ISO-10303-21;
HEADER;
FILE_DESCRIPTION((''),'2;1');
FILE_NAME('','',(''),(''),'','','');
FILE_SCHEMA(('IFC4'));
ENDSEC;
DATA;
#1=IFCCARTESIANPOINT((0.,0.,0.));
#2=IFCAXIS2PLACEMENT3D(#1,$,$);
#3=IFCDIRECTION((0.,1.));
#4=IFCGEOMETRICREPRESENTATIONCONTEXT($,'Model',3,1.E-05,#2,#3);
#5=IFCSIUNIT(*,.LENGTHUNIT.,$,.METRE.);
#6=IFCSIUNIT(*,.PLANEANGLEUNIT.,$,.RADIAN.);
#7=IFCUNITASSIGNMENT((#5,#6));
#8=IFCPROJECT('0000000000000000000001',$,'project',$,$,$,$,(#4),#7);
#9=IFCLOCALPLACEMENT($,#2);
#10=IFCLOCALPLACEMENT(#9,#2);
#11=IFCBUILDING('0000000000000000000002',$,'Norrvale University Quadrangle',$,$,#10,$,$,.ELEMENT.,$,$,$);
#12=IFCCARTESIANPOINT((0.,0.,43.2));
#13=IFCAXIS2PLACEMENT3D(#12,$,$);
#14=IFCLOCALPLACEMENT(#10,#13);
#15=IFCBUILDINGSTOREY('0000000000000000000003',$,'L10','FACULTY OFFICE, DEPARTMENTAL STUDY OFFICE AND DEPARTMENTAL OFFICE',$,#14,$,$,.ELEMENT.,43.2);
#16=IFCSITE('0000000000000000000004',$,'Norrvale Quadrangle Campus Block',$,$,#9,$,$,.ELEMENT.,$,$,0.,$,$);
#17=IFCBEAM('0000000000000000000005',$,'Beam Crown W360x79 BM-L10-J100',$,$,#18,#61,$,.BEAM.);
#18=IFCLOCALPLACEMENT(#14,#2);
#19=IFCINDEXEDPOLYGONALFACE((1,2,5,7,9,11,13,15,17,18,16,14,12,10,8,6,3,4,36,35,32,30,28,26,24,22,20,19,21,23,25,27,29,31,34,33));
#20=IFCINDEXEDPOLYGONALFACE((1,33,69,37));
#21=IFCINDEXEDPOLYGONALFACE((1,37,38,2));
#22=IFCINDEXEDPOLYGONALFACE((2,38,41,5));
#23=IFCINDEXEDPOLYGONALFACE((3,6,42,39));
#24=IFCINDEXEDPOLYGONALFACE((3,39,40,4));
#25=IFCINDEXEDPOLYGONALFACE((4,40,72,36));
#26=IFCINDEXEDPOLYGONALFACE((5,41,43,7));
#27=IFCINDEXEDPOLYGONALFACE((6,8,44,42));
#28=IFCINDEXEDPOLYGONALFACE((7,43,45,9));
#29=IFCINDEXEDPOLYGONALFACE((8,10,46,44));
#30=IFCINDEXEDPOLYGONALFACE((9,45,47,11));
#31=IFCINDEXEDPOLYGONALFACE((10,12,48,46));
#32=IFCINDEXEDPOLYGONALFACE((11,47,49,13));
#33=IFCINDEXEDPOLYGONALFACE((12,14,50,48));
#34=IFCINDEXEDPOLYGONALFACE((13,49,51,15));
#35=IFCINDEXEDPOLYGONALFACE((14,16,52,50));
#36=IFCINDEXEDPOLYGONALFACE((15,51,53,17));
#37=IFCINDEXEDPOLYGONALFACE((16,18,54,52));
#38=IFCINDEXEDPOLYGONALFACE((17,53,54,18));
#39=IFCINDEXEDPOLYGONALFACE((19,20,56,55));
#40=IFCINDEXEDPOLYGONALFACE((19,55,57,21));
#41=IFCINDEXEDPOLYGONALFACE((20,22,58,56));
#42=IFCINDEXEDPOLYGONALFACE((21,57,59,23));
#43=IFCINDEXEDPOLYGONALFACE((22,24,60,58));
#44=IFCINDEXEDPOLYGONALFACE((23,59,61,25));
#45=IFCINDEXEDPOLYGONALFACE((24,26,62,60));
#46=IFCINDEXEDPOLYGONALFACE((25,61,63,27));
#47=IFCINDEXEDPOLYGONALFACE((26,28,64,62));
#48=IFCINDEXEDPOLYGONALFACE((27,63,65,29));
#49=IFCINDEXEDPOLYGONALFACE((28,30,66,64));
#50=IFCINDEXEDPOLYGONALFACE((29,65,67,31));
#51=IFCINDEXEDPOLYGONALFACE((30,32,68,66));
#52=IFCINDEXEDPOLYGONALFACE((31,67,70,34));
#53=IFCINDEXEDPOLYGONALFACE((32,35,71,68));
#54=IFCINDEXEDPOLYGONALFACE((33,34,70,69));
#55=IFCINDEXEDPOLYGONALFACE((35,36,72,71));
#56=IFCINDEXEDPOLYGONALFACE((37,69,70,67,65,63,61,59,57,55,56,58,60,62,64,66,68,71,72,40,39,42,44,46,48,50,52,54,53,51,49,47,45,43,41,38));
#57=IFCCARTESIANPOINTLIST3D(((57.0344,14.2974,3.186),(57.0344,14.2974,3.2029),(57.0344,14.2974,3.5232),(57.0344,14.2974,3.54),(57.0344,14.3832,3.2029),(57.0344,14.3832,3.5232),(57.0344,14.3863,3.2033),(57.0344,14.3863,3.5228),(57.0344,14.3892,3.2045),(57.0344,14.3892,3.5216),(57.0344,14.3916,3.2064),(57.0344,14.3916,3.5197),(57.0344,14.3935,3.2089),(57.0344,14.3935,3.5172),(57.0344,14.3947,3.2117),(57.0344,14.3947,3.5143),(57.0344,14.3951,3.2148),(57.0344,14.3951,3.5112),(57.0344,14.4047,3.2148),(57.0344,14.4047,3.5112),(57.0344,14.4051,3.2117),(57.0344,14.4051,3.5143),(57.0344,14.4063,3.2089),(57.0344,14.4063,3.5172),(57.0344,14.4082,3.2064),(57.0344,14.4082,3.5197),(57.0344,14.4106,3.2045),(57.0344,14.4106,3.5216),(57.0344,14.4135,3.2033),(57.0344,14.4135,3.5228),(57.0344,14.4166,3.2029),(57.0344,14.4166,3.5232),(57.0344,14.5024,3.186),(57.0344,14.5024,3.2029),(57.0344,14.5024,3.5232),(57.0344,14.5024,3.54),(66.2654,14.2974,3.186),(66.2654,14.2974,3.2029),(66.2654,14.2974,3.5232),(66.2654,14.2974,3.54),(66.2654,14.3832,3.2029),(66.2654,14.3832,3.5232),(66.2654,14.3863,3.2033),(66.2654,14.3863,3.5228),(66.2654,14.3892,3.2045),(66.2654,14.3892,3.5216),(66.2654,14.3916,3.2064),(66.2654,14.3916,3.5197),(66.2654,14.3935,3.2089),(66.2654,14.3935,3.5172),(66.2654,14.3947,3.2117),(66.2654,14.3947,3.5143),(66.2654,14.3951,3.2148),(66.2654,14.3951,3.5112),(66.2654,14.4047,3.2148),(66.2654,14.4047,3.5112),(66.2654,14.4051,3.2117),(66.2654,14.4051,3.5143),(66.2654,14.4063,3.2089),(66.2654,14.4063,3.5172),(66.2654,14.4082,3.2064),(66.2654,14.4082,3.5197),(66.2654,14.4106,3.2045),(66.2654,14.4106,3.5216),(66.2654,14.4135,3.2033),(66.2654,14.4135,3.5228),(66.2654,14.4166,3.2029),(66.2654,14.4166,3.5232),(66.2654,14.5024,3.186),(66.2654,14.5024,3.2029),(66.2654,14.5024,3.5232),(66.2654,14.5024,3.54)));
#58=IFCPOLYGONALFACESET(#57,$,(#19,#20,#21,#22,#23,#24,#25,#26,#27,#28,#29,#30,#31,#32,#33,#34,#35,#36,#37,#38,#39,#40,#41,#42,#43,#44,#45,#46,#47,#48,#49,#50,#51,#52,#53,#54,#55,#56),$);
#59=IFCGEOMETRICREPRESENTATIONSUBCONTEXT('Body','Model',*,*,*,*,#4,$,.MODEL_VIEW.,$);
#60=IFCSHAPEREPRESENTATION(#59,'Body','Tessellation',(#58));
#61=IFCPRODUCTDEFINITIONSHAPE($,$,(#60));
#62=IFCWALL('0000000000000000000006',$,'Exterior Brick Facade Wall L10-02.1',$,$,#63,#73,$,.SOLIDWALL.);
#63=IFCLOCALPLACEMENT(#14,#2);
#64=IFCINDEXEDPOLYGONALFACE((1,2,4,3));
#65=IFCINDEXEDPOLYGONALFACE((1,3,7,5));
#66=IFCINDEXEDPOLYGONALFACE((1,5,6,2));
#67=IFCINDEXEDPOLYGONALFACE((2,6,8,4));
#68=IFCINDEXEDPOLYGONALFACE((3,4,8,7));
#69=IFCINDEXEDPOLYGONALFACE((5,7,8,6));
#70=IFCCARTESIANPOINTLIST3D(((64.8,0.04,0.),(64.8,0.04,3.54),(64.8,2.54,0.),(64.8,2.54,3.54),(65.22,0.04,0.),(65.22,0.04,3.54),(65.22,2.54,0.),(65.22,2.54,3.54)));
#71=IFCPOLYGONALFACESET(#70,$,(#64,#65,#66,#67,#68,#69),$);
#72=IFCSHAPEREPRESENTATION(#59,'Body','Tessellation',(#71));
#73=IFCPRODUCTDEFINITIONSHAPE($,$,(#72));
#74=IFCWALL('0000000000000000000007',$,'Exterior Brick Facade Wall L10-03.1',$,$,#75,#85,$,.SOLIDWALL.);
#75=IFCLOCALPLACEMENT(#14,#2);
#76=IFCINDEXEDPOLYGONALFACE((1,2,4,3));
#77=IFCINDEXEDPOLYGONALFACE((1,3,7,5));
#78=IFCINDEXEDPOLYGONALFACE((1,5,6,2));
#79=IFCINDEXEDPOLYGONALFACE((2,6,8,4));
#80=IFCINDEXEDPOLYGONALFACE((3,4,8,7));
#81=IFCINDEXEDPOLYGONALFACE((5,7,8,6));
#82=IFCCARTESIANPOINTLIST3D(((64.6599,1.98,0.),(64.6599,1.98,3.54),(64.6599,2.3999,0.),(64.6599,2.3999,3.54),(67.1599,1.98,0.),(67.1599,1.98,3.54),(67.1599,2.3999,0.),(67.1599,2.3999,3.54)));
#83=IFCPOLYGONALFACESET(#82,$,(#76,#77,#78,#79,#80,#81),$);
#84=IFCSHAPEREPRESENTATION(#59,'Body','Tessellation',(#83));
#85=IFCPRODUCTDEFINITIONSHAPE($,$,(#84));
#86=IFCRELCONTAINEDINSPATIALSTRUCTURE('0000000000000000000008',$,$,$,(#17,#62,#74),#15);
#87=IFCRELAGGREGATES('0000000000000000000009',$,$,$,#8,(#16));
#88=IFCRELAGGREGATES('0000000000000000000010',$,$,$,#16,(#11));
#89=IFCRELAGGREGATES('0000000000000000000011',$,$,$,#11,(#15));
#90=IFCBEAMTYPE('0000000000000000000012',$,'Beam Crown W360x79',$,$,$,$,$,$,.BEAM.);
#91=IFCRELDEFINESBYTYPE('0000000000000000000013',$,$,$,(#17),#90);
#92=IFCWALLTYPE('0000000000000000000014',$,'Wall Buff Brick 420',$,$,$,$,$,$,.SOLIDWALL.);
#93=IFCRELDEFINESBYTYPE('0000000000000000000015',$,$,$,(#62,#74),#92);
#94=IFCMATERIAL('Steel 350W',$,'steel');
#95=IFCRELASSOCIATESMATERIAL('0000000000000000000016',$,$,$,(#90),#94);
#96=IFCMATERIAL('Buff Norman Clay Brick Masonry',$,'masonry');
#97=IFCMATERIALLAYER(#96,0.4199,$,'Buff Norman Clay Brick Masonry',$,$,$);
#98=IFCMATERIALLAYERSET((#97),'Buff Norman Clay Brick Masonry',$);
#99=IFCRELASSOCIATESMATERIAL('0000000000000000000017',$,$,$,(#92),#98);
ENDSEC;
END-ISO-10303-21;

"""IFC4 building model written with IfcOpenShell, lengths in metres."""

from ifc_helpers import new_model, si_unit, direction, frame, frame_2d, origin, origin_2d, place, context, subcontext, project, spatial, rectangle, i_section, extrude, material, layer, layer_set, material_profile, profile_set, type_object, element, save


model = new_model("IFC4")

# Units and contexts
model_context = context("Model", 3, precision=1e-05, world=origin(), true_north=direction((0.0, 1.0)))
body_context = subcontext(model_context, "Body", "Model", "MODEL_VIEW")
ifc_project = project(units=[si_unit("LENGTHUNIT", "METRE"), si_unit("PLANEANGLEUNIT", "RADIAN")], contexts=[model_context])

# Site, building, storey
site_placement = place(None, origin())
site = spatial("IfcSite", under=ifc_project, at=site_placement, Name="Norrvale Quadrangle Campus Block", CompositionType="ELEMENT", RefElevation=0.0)
building_placement = place(site_placement, origin())
building = spatial("IfcBuilding", under=site, at=building_placement, Name="Norrvale University Quadrangle", CompositionType="ELEMENT")
storey_placement = place(building_placement, frame((0.0, 0.0, 43.2)))
storey = spatial("IfcBuildingStorey", under=building, at=storey_placement, Name="L10", Description="FACULTY OFFICE, DEPARTMENTAL STUDY OFFICE AND DEPARTMENTAL OFFICE", CompositionType="ELEMENT", Elevation=43.2)

# Beam
ifc_material_1 = material(Name="Steel 350W", Category="steel")
ifc_material_profile_1 = material_profile(ifc_material_1, i_section(OverallWidth=0.2051, OverallDepth=0.354, WebThickness=0.0095, FlangeThickness=0.0168, FilletRadius=0.012, at=origin_2d()), Name="Steel 350W")
ifc_profile_set_1 = profile_set([ifc_material_profile_1], Name="Steel 350W")
beam_type_1 = type_object("IfcBeamType", Name="Beam Crown W360x79", PredefinedType="BEAM", material=ifc_profile_set_1)
for number, where, z_axis, x_axis, name in (
    (1, (57.0344, 14.3999, 3.363), (1.0, 0.0, 0.0), (0.0, 1.0, 0.0), "Beam Crown W360x79 BM-L10-J100"),
):
    element("IfcBeam", number, at=place(storey_placement, frame(where, z_axis=z_axis, x_axis=x_axis)), inside=storey, type_object=beam_type_1, Name=name, PredefinedType="BEAM", context=body_context, shape_type="SweptSolid", body=[
        extrude(i_section(OverallWidth=0.2051, OverallDepth=0.354, WebThickness=0.0095, FlangeThickness=0.0168, FilletRadius=0.012, at=origin_2d()), origin(), (0.0, 0.0, 1.0), 9.231),
    ])

# Walls
ifc_material_2 = material(Name="Buff Norman Clay Brick Masonry", Category="masonry")
ifc_layer_1 = layer(ifc_material_2, 0.4199, Name="Buff Norman Clay Brick Masonry")
ifc_layer_set_1 = layer_set([ifc_layer_1], Name="Buff Norman Clay Brick Masonry")
wall_type_1 = type_object("IfcWallType", Name="Wall Buff Brick 420", PredefinedType="SOLIDWALL", material=ifc_layer_set_1)
for number, where, z_axis, x_axis, name in (
    (2, (65.01, 0.04, 0.0), (0.0, 0.0, 1.0), (0.0, 1.0, 0.0), "Exterior Brick Facade Wall L10-02.1"),
    (3, (64.6599, 2.1899, 0.0), (0.0, 0.0, 1.0), (1.0, 0.0, 0.0), "Exterior Brick Facade Wall L10-03.1"),
):
    element("IfcWall", number, at=place(storey_placement, frame(where, z_axis=z_axis, x_axis=x_axis)), inside=storey, type_object=wall_type_1, Name=name, PredefinedType="SOLIDWALL", context=body_context, shape_type="SweptSolid", body=[
        extrude(rectangle(XDim=2.5, YDim=0.4199, at=frame_2d((1.25, 0.0))), origin(), (0.0, 0.0, 1.0), 3.54),
    ])

save(model, "model.ifc")
